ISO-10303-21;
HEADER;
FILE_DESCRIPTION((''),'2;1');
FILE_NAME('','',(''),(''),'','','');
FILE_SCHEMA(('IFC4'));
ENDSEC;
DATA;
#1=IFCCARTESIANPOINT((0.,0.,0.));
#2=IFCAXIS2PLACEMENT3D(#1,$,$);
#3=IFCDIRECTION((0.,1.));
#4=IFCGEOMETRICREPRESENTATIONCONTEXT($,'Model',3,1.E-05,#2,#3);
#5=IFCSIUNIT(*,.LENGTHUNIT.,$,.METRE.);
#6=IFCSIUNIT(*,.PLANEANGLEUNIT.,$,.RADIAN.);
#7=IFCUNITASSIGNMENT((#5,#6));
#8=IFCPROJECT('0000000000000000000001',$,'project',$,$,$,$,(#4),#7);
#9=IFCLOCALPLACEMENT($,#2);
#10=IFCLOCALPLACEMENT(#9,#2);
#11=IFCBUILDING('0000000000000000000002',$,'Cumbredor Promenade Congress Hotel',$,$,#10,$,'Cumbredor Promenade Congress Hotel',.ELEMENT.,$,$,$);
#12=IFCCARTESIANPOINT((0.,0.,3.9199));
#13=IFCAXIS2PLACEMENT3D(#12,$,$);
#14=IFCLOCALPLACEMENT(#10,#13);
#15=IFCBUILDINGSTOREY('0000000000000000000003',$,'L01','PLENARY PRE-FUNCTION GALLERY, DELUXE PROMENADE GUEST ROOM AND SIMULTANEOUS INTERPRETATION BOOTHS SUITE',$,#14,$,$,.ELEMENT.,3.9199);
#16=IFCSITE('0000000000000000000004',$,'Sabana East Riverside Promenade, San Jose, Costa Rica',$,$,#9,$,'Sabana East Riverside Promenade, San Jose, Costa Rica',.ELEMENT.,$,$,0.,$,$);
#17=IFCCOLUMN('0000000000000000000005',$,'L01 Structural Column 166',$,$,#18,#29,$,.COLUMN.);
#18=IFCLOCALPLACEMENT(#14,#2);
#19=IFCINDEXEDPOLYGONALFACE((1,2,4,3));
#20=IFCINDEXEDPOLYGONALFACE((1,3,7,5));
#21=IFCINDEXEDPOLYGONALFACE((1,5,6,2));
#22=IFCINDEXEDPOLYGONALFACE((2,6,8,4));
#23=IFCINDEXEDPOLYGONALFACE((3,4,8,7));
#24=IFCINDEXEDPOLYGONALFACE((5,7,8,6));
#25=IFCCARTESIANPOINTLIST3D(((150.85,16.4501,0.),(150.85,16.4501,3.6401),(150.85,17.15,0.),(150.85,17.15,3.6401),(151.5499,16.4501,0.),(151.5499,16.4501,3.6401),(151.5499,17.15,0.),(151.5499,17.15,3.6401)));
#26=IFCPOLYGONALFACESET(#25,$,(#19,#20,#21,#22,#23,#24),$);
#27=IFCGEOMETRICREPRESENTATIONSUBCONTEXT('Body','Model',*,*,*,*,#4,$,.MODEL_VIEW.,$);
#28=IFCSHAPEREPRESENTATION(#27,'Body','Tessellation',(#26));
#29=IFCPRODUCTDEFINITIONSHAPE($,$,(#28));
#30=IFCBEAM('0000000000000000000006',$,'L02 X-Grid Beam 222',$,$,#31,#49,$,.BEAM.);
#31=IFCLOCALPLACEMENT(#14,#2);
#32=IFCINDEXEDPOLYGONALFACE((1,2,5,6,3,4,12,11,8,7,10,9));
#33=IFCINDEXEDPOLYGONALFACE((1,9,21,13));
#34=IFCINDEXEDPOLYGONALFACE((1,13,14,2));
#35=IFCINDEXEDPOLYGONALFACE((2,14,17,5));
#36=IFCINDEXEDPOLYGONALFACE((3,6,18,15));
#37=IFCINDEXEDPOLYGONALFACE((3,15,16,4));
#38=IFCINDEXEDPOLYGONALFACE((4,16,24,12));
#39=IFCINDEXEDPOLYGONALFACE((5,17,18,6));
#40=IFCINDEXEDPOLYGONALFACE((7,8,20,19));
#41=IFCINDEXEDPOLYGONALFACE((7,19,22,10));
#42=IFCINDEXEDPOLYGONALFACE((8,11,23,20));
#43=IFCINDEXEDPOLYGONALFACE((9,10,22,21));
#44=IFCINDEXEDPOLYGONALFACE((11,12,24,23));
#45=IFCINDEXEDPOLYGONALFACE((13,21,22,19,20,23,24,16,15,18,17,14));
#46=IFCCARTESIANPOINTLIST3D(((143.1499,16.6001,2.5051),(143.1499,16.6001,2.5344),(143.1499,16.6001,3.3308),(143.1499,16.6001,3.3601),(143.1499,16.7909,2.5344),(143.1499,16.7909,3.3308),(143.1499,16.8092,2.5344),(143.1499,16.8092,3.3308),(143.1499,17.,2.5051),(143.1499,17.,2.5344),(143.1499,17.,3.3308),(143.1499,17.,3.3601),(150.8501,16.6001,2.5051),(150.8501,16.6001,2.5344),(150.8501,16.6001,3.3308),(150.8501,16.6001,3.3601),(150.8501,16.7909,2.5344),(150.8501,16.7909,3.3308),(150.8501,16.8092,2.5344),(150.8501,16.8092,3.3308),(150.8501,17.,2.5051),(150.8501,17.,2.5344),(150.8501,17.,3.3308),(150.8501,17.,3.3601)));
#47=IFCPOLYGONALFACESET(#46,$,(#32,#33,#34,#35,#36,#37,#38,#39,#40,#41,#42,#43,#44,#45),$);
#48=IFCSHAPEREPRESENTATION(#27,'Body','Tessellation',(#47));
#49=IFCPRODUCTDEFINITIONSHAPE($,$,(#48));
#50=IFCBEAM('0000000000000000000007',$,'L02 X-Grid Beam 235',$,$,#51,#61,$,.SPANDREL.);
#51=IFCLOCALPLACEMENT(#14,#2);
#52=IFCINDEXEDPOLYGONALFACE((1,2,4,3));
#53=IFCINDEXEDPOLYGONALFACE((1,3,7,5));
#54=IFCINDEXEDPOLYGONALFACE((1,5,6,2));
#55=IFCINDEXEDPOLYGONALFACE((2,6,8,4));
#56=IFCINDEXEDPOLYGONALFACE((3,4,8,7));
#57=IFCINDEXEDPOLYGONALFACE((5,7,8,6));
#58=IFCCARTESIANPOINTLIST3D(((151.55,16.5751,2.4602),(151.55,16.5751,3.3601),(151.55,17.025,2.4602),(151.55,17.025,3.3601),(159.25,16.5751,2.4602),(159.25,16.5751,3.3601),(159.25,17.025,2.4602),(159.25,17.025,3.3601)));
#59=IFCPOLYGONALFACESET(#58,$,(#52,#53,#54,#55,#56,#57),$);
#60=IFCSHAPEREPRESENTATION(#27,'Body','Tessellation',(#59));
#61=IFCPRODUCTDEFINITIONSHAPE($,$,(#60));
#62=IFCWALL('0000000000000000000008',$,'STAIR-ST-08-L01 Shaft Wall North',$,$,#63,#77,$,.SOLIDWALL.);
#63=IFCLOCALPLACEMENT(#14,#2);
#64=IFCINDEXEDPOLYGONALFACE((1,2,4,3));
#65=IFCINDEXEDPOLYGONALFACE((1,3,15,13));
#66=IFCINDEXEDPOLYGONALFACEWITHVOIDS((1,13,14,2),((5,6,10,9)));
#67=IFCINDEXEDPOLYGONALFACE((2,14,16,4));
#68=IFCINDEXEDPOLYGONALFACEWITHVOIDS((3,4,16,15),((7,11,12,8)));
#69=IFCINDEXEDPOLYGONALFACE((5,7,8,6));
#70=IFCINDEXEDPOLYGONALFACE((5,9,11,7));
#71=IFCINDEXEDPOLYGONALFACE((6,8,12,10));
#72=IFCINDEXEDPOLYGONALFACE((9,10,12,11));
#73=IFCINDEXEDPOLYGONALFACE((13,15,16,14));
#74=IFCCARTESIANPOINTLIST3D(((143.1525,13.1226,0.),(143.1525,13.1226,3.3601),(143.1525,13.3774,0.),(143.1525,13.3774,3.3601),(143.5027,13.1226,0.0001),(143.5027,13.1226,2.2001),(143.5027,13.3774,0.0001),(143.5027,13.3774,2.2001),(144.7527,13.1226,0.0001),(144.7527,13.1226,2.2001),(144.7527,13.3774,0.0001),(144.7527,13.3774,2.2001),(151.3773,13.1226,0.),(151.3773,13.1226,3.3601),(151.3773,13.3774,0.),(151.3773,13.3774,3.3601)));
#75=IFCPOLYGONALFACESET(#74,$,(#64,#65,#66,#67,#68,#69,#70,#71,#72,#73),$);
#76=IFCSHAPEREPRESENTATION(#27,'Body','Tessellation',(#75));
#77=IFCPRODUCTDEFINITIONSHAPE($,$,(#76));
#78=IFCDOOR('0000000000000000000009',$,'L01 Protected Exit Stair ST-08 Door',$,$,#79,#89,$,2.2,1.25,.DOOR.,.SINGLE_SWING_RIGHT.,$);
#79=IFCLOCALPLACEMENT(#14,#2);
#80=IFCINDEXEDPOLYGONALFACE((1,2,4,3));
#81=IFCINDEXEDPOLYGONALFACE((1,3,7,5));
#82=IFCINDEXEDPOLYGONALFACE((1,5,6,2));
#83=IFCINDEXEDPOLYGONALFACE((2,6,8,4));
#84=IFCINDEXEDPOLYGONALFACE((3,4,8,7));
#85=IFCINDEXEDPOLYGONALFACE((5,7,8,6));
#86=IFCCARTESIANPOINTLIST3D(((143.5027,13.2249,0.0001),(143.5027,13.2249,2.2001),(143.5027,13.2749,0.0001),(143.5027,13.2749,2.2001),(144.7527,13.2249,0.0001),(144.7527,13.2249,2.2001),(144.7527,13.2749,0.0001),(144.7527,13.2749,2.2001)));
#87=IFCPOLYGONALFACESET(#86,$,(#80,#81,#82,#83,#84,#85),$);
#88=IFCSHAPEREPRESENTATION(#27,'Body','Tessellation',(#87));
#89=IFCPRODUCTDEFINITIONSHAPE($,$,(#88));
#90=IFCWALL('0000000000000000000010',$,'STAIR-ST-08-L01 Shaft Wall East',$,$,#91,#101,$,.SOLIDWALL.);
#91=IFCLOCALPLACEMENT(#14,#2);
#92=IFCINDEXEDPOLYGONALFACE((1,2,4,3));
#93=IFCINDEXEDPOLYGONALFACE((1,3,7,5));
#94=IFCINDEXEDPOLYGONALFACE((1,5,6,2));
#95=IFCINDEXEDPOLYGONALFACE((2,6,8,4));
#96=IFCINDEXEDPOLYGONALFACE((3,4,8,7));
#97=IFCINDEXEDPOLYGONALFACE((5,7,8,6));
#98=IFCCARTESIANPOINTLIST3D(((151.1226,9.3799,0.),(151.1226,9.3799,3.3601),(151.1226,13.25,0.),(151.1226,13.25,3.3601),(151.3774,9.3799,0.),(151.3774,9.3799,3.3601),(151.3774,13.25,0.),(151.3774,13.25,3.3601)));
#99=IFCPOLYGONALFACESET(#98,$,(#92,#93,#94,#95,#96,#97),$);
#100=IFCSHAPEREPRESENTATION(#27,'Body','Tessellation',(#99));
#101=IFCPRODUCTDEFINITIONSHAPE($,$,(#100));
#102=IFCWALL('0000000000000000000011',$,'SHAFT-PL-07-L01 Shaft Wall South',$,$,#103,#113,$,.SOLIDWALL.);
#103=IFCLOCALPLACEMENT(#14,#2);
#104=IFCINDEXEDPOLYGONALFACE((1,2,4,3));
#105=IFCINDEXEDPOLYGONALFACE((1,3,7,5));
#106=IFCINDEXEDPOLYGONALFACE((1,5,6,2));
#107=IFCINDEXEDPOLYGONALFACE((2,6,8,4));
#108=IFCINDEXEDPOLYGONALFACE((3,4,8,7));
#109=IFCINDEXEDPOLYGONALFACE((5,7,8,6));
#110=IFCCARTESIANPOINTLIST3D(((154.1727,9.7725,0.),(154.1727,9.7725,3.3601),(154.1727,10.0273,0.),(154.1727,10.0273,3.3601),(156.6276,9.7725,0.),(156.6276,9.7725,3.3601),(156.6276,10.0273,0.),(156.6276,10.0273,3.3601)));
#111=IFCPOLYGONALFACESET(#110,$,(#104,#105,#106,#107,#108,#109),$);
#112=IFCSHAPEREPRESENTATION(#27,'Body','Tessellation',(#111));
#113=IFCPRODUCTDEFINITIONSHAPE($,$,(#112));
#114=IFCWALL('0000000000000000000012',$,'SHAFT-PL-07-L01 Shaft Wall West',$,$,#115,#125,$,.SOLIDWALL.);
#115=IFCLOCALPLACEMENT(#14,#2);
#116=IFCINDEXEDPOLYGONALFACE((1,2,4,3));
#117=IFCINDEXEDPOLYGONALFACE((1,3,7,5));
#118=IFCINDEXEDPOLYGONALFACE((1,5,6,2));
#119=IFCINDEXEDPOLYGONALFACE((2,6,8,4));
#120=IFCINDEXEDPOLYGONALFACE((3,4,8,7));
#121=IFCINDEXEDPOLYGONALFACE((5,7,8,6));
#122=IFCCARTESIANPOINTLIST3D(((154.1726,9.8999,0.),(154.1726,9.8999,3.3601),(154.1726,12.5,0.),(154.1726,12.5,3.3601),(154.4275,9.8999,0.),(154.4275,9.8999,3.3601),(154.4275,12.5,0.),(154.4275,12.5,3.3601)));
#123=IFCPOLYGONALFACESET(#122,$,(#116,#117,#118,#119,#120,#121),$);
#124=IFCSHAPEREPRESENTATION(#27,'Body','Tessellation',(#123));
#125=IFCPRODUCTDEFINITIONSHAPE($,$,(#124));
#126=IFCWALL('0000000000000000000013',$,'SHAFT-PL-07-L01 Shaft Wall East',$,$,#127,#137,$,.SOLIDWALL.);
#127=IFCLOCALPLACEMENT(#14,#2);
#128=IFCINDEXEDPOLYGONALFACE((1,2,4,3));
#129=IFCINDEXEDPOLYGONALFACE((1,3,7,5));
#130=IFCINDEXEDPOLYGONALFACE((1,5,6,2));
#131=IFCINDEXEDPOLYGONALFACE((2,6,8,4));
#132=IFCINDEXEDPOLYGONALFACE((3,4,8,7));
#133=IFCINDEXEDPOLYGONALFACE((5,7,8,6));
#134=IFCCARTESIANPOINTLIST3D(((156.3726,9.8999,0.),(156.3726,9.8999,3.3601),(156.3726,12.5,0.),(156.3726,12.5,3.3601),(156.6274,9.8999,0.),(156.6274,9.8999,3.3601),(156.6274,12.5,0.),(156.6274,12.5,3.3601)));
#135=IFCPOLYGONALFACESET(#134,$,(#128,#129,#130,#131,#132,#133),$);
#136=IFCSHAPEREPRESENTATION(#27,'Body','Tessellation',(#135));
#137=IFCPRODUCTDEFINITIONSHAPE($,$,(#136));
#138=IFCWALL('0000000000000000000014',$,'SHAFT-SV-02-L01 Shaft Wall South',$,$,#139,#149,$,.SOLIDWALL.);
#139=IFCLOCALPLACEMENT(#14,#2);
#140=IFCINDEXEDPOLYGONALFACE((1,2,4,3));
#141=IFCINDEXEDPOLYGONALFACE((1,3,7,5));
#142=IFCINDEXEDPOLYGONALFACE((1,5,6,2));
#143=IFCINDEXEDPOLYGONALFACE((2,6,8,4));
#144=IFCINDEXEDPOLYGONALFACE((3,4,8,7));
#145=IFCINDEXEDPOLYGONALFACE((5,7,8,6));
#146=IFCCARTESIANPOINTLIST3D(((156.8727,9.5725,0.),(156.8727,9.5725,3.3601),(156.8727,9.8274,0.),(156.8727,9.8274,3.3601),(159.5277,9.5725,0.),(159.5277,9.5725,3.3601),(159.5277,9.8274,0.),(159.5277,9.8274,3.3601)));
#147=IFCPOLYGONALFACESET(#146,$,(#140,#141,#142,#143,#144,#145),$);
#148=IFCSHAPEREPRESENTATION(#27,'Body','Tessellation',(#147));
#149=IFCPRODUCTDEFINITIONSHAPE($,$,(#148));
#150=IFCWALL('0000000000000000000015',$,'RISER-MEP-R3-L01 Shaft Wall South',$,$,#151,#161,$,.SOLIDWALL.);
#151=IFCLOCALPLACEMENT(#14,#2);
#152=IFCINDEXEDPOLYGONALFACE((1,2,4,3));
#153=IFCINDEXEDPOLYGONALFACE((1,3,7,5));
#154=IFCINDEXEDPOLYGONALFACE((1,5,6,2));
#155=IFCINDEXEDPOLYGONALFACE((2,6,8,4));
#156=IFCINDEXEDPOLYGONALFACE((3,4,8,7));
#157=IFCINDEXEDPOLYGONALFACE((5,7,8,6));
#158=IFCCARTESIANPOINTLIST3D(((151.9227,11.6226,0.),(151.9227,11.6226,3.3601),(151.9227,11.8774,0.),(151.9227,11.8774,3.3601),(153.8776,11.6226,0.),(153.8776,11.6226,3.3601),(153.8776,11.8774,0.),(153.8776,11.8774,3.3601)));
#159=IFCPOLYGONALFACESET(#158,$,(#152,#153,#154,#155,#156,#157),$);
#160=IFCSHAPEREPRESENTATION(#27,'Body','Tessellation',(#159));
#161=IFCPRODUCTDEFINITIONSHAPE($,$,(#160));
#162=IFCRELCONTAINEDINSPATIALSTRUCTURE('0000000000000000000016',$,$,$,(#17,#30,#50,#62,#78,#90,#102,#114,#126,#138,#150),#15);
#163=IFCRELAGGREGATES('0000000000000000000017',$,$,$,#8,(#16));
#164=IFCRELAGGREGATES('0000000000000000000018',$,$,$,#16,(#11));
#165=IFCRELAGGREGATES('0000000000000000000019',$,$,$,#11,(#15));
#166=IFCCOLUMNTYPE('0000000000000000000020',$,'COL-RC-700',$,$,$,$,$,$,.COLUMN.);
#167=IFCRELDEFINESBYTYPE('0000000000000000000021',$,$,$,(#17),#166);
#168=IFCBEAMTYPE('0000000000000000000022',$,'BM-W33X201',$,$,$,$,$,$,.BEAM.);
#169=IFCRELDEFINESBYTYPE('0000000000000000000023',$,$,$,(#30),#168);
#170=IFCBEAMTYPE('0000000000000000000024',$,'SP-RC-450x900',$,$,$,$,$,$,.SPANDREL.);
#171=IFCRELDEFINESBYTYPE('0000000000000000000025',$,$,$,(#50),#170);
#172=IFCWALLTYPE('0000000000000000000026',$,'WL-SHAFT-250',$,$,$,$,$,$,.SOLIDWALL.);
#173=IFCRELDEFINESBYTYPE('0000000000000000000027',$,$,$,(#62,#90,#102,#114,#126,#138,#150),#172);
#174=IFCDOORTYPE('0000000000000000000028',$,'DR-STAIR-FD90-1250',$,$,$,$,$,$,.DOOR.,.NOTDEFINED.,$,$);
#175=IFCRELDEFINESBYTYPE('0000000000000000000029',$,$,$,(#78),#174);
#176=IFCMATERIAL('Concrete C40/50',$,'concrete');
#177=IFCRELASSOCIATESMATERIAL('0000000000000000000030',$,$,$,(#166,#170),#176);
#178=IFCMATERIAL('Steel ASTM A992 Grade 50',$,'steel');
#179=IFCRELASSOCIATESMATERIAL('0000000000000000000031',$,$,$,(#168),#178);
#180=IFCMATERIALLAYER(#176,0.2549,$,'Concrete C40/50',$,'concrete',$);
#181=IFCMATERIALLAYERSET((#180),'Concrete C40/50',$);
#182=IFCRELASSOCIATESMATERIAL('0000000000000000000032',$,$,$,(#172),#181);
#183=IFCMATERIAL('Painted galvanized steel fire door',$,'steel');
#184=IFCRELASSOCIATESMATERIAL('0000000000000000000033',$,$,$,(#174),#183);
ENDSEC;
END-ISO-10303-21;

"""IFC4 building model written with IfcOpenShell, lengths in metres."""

from ifc_helpers import new_model, si_unit, direction, frame, frame_2d, origin, origin_2d, place, context, subcontext, project, spatial, rectangle, i_section, extrude, material, layer, layer_set, material_profile, profile_set, type_object, element, fill, save


model = new_model("IFC4")

# Units and contexts
model_context = context("Model", 3, precision=1e-05, world=origin(), true_north=direction((0.0, 1.0)))
body_context = subcontext(model_context, "Body", "Model", "MODEL_VIEW")
ifc_project = project(units=[si_unit("LENGTHUNIT", "METRE"), si_unit("PLANEANGLEUNIT", "RADIAN")], contexts=[model_context])

# Site, building, storey
site_placement = place(None, origin())
site = spatial("IfcSite", under=ifc_project, at=site_placement, Name="Sabana East Riverside Promenade, San Jose, Costa Rica", LongName="Sabana East Riverside Promenade, San Jose, Costa Rica", CompositionType="ELEMENT", RefElevation=0.0)
building_placement = place(site_placement, origin())
building = spatial("IfcBuilding", under=site, at=building_placement, Name="Cumbredor Promenade Congress Hotel", LongName="Cumbredor Promenade Congress Hotel", CompositionType="ELEMENT")
storey_placement = place(building_placement, frame((0.0, 0.0, 3.9199)))
storey = spatial("IfcBuildingStorey", under=building, at=storey_placement, Name="L01", Description="PLENARY PRE-FUNCTION GALLERY, DELUXE PROMENADE GUEST ROOM AND SIMULTANEOUS INTERPRETATION BOOTHS SUITE", CompositionType="ELEMENT", Elevation=3.9199)

# Column
ifc_material_1 = material(Name="Concrete C40/50", Category="concrete")
ifc_material_profile_1 = material_profile(ifc_material_1, rectangle(XDim=0.7, YDim=0.7, at=origin_2d()), Name="RC 700x700")
ifc_profile_set_1 = profile_set([ifc_material_profile_1], Name="Concrete C40/50")
column_type = type_object("IfcColumnType", Name="COL-RC-700", PredefinedType="COLUMN", material=ifc_profile_set_1)
column_placement = place(storey_placement, frame((151.2, 16.8, 0.0), z_axis=(0.0, 0.0, 1.0), x_axis=(1.0, 0.0, 0.0)))
element("IfcColumn", 1, at=column_placement, inside=storey, type_object=column_type, Name="L01 Structural Column 166", PredefinedType="COLUMN", context=body_context, shape_type="SweptSolid", body=[
    extrude(rectangle(XDim=0.7, YDim=0.7, at=origin_2d()), origin(), (0.0, 0.0, 1.0), 3.6401),
])

# Beams
ifc_material_2 = material(Name="Steel ASTM A992 Grade 50", Category="steel")
ifc_material_profile_2 = material_profile(ifc_material_2, i_section(OverallWidth=0.3999, OverallDepth=0.855, WebThickness=0.0183, FlangeThickness=0.0293, at=origin_2d()), Name="W33X201")
ifc_profile_set_2 = profile_set([ifc_material_profile_2], Name="Steel ASTM A992 Grade 50")
beam_type_1 = type_object("IfcBeamType", Name="BM-W33X201", PredefinedType="BEAM", material=ifc_profile_set_2)
beam_1_placement = place(storey_placement, frame((143.1499, 16.8, 2.9326), z_axis=(1.0, 0.0, 0.0), x_axis=(0.0, 1.0, 0.0)))
element("IfcBeam", 2, at=beam_1_placement, inside=storey, type_object=beam_type_1, Name="L02 X-Grid Beam 222", PredefinedType="BEAM", context=body_context, shape_type="SweptSolid", body=[
    extrude(i_section(OverallWidth=0.3999, OverallDepth=0.855, WebThickness=0.0183, FlangeThickness=0.0293, at=origin_2d()), origin(), (0.0, 0.0, 1.0), 7.7002),
])
ifc_material_profile_3 = material_profile(ifc_material_1, rectangle(XDim=0.45, YDim=0.8999, at=origin_2d()), Name="RC SPANDREL 450x900")
ifc_profile_set_3 = profile_set([ifc_material_profile_3], Name="Concrete C40/50")
beam_type_2 = type_object("IfcBeamType", Name="SP-RC-450x900", PredefinedType="SPANDREL", material=ifc_profile_set_3)
beam_2_placement = place(storey_placement, frame((151.55, 16.8, 2.9102), z_axis=(1.0, 0.0, 0.0), x_axis=(0.0, 1.0, 0.0)))
element("IfcBeam", 3, at=beam_2_placement, inside=storey, type_object=beam_type_2, Name="L02 X-Grid Beam 235", PredefinedType="SPANDREL", context=body_context, shape_type="SweptSolid", body=[
    extrude(rectangle(XDim=0.45, YDim=0.8999, at=origin_2d()), origin(), (0.0, 0.0, 1.0), 7.7),
])

# Wall, opening, door
ifc_layer = layer(ifc_material_1, 0.2549, Name="Concrete C40/50", Category="concrete")
ifc_layer_set = layer_set([ifc_layer], Name="Concrete C40/50")
wall_type = type_object("IfcWallType", Name="WL-SHAFT-250", PredefinedType="SOLIDWALL", material=ifc_layer_set)
wall_1_placement = place(storey_placement, frame((143.1526, 13.25, 0.0), z_axis=(0.0, 0.0, 1.0), x_axis=(1.0, 0.0, 0.0)))
wall_1 = element("IfcWall", 4, at=wall_1_placement, inside=storey, type_object=wall_type, Name="STAIR-ST-08-L01 Shaft Wall North", PredefinedType="SOLIDWALL", context=body_context, shape_type="SweptSolid", body=[
    extrude(rectangle(XDim=8.2249, YDim=0.2549, at=frame_2d((4.1123, 0.0))), origin(), (0.0, 0.0, 1.0), 3.3601),
])
opening_1_placement = place(wall_1_placement, frame((0.3501, 0.0, 0.0)))
opening_1 = element("IfcOpeningElement", 5, at=opening_1_placement, cuts=wall_1, PredefinedType="OPENING", context=body_context, shape_type="SweptSolid", body=[
    extrude(rectangle(XDim=1.25, YDim=2.2, at=frame_2d((0.625, 1.1001))), frame((0.0, 0.1375, 0.0), z_axis=(0.0, -1.0, 0.0), x_axis=(1.0, 0.0, 0.0)), (0.0, 0.0, 1.0), 0.2749),
])
ifc_material_3 = material(Name="Painted galvanized steel fire door", Category="steel")
door_type_1 = type_object("IfcDoorType", Name="DR-STAIR-FD90-1250", OperationType="NOTDEFINED", PredefinedType="DOOR", material=ifc_material_3)
door_1_placement = place(opening_1_placement, origin())
door_1 = element("IfcDoor", 6, at=door_1_placement, inside=storey, type_object=door_type_1, Name="L01 Protected Exit Stair ST-08 Door", OperationType="SINGLE_SWING_RIGHT", OverallHeight=2.2, OverallWidth=1.25, PredefinedType="DOOR", context=body_context, shape_type="SweptSolid", body=[
    extrude(rectangle(XDim=1.25, YDim=2.2, at=frame_2d((0.625, 1.1001))), frame((0.0, 0.0249, 0.0), z_axis=(0.0, -1.0, 0.0), x_axis=(1.0, 0.0, 0.0)), (0.0, 0.0, 1.0), 0.05),
])
fill(opening_1, door_1)

# Walls
wall_2_placement = place(storey_placement, frame((151.25, 9.3799, 0.0), z_axis=(0.0, 0.0, 1.0), x_axis=(0.0, 1.0, 0.0)))
element("IfcWall", 7, at=wall_2_placement, inside=storey, type_object=wall_type, Name="STAIR-ST-08-L01 Shaft Wall East", PredefinedType="SOLIDWALL", context=body_context, shape_type="SweptSolid", body=[
    extrude(rectangle(XDim=3.8701, YDim=0.2549, at=frame_2d((1.9351, 0.0))), origin(), (0.0, 0.0, 1.0), 3.3601),
])
wall_3_placement = place(storey_placement, frame((154.1726, 9.8999, 0.0), z_axis=(0.0, 0.0, 1.0), x_axis=(1.0, 0.0, 0.0)))
element("IfcWall", 8, at=wall_3_placement, inside=storey, type_object=wall_type, Name="SHAFT-PL-07-L01 Shaft Wall South", PredefinedType="SOLIDWALL", context=body_context, shape_type="SweptSolid", body=[
    extrude(rectangle(XDim=2.4548, YDim=0.2549, at=frame_2d((1.2275, 0.0))), origin(), (0.0, 0.0, 1.0), 3.3601),
])

# Walls
for number, where, z_axis, x_axis, name in (
    (9, (154.3, 9.8999, 0.0), (0.0, 0.0, 1.0), (0.0, 1.0, 0.0), "SHAFT-PL-07-L01 Shaft Wall West"),
    (10, (156.5, 9.8999, 0.0), (0.0, 0.0, 1.0), (0.0, 1.0, 0.0), "SHAFT-PL-07-L01 Shaft Wall East"),
):
    element("IfcWall", number, at=place(storey_placement, frame(where, z_axis=z_axis, x_axis=x_axis)), inside=storey, type_object=wall_type, Name=name, PredefinedType="SOLIDWALL", context=body_context, shape_type="SweptSolid", body=[
        extrude(rectangle(XDim=2.6001, YDim=0.2549, at=frame_2d((1.3, 0.0))), origin(), (0.0, 0.0, 1.0), 3.3601),
    ])
wall_4_placement = place(storey_placement, frame((156.8726, 9.7, 0.0), z_axis=(0.0, 0.0, 1.0), x_axis=(1.0, 0.0, 0.0)))
element("IfcWall", 11, at=wall_4_placement, inside=storey, type_object=wall_type, Name="SHAFT-SV-02-L01 Shaft Wall South", PredefinedType="SOLIDWALL", context=body_context, shape_type="SweptSolid", body=[
    extrude(rectangle(XDim=2.655, YDim=0.2549, at=frame_2d((1.3276, 0.0))), origin(), (0.0, 0.0, 1.0), 3.3601),
])
wall_5_placement = place(storey_placement, frame((151.9226, 11.75, 0.0), z_axis=(0.0, 0.0, 1.0), x_axis=(1.0, 0.0, 0.0)))
element("IfcWall", 12, at=wall_5_placement, inside=storey, type_object=wall_type, Name="RISER-MEP-R3-L01 Shaft Wall South", PredefinedType="SOLIDWALL", context=body_context, shape_type="SweptSolid", body=[
    extrude(rectangle(XDim=1.9548, YDim=0.2549, at=frame_2d((0.9775, 0.0))), origin(), (0.0, 0.0, 1.0), 3.3601),
])

save(model, "model.ifc")
